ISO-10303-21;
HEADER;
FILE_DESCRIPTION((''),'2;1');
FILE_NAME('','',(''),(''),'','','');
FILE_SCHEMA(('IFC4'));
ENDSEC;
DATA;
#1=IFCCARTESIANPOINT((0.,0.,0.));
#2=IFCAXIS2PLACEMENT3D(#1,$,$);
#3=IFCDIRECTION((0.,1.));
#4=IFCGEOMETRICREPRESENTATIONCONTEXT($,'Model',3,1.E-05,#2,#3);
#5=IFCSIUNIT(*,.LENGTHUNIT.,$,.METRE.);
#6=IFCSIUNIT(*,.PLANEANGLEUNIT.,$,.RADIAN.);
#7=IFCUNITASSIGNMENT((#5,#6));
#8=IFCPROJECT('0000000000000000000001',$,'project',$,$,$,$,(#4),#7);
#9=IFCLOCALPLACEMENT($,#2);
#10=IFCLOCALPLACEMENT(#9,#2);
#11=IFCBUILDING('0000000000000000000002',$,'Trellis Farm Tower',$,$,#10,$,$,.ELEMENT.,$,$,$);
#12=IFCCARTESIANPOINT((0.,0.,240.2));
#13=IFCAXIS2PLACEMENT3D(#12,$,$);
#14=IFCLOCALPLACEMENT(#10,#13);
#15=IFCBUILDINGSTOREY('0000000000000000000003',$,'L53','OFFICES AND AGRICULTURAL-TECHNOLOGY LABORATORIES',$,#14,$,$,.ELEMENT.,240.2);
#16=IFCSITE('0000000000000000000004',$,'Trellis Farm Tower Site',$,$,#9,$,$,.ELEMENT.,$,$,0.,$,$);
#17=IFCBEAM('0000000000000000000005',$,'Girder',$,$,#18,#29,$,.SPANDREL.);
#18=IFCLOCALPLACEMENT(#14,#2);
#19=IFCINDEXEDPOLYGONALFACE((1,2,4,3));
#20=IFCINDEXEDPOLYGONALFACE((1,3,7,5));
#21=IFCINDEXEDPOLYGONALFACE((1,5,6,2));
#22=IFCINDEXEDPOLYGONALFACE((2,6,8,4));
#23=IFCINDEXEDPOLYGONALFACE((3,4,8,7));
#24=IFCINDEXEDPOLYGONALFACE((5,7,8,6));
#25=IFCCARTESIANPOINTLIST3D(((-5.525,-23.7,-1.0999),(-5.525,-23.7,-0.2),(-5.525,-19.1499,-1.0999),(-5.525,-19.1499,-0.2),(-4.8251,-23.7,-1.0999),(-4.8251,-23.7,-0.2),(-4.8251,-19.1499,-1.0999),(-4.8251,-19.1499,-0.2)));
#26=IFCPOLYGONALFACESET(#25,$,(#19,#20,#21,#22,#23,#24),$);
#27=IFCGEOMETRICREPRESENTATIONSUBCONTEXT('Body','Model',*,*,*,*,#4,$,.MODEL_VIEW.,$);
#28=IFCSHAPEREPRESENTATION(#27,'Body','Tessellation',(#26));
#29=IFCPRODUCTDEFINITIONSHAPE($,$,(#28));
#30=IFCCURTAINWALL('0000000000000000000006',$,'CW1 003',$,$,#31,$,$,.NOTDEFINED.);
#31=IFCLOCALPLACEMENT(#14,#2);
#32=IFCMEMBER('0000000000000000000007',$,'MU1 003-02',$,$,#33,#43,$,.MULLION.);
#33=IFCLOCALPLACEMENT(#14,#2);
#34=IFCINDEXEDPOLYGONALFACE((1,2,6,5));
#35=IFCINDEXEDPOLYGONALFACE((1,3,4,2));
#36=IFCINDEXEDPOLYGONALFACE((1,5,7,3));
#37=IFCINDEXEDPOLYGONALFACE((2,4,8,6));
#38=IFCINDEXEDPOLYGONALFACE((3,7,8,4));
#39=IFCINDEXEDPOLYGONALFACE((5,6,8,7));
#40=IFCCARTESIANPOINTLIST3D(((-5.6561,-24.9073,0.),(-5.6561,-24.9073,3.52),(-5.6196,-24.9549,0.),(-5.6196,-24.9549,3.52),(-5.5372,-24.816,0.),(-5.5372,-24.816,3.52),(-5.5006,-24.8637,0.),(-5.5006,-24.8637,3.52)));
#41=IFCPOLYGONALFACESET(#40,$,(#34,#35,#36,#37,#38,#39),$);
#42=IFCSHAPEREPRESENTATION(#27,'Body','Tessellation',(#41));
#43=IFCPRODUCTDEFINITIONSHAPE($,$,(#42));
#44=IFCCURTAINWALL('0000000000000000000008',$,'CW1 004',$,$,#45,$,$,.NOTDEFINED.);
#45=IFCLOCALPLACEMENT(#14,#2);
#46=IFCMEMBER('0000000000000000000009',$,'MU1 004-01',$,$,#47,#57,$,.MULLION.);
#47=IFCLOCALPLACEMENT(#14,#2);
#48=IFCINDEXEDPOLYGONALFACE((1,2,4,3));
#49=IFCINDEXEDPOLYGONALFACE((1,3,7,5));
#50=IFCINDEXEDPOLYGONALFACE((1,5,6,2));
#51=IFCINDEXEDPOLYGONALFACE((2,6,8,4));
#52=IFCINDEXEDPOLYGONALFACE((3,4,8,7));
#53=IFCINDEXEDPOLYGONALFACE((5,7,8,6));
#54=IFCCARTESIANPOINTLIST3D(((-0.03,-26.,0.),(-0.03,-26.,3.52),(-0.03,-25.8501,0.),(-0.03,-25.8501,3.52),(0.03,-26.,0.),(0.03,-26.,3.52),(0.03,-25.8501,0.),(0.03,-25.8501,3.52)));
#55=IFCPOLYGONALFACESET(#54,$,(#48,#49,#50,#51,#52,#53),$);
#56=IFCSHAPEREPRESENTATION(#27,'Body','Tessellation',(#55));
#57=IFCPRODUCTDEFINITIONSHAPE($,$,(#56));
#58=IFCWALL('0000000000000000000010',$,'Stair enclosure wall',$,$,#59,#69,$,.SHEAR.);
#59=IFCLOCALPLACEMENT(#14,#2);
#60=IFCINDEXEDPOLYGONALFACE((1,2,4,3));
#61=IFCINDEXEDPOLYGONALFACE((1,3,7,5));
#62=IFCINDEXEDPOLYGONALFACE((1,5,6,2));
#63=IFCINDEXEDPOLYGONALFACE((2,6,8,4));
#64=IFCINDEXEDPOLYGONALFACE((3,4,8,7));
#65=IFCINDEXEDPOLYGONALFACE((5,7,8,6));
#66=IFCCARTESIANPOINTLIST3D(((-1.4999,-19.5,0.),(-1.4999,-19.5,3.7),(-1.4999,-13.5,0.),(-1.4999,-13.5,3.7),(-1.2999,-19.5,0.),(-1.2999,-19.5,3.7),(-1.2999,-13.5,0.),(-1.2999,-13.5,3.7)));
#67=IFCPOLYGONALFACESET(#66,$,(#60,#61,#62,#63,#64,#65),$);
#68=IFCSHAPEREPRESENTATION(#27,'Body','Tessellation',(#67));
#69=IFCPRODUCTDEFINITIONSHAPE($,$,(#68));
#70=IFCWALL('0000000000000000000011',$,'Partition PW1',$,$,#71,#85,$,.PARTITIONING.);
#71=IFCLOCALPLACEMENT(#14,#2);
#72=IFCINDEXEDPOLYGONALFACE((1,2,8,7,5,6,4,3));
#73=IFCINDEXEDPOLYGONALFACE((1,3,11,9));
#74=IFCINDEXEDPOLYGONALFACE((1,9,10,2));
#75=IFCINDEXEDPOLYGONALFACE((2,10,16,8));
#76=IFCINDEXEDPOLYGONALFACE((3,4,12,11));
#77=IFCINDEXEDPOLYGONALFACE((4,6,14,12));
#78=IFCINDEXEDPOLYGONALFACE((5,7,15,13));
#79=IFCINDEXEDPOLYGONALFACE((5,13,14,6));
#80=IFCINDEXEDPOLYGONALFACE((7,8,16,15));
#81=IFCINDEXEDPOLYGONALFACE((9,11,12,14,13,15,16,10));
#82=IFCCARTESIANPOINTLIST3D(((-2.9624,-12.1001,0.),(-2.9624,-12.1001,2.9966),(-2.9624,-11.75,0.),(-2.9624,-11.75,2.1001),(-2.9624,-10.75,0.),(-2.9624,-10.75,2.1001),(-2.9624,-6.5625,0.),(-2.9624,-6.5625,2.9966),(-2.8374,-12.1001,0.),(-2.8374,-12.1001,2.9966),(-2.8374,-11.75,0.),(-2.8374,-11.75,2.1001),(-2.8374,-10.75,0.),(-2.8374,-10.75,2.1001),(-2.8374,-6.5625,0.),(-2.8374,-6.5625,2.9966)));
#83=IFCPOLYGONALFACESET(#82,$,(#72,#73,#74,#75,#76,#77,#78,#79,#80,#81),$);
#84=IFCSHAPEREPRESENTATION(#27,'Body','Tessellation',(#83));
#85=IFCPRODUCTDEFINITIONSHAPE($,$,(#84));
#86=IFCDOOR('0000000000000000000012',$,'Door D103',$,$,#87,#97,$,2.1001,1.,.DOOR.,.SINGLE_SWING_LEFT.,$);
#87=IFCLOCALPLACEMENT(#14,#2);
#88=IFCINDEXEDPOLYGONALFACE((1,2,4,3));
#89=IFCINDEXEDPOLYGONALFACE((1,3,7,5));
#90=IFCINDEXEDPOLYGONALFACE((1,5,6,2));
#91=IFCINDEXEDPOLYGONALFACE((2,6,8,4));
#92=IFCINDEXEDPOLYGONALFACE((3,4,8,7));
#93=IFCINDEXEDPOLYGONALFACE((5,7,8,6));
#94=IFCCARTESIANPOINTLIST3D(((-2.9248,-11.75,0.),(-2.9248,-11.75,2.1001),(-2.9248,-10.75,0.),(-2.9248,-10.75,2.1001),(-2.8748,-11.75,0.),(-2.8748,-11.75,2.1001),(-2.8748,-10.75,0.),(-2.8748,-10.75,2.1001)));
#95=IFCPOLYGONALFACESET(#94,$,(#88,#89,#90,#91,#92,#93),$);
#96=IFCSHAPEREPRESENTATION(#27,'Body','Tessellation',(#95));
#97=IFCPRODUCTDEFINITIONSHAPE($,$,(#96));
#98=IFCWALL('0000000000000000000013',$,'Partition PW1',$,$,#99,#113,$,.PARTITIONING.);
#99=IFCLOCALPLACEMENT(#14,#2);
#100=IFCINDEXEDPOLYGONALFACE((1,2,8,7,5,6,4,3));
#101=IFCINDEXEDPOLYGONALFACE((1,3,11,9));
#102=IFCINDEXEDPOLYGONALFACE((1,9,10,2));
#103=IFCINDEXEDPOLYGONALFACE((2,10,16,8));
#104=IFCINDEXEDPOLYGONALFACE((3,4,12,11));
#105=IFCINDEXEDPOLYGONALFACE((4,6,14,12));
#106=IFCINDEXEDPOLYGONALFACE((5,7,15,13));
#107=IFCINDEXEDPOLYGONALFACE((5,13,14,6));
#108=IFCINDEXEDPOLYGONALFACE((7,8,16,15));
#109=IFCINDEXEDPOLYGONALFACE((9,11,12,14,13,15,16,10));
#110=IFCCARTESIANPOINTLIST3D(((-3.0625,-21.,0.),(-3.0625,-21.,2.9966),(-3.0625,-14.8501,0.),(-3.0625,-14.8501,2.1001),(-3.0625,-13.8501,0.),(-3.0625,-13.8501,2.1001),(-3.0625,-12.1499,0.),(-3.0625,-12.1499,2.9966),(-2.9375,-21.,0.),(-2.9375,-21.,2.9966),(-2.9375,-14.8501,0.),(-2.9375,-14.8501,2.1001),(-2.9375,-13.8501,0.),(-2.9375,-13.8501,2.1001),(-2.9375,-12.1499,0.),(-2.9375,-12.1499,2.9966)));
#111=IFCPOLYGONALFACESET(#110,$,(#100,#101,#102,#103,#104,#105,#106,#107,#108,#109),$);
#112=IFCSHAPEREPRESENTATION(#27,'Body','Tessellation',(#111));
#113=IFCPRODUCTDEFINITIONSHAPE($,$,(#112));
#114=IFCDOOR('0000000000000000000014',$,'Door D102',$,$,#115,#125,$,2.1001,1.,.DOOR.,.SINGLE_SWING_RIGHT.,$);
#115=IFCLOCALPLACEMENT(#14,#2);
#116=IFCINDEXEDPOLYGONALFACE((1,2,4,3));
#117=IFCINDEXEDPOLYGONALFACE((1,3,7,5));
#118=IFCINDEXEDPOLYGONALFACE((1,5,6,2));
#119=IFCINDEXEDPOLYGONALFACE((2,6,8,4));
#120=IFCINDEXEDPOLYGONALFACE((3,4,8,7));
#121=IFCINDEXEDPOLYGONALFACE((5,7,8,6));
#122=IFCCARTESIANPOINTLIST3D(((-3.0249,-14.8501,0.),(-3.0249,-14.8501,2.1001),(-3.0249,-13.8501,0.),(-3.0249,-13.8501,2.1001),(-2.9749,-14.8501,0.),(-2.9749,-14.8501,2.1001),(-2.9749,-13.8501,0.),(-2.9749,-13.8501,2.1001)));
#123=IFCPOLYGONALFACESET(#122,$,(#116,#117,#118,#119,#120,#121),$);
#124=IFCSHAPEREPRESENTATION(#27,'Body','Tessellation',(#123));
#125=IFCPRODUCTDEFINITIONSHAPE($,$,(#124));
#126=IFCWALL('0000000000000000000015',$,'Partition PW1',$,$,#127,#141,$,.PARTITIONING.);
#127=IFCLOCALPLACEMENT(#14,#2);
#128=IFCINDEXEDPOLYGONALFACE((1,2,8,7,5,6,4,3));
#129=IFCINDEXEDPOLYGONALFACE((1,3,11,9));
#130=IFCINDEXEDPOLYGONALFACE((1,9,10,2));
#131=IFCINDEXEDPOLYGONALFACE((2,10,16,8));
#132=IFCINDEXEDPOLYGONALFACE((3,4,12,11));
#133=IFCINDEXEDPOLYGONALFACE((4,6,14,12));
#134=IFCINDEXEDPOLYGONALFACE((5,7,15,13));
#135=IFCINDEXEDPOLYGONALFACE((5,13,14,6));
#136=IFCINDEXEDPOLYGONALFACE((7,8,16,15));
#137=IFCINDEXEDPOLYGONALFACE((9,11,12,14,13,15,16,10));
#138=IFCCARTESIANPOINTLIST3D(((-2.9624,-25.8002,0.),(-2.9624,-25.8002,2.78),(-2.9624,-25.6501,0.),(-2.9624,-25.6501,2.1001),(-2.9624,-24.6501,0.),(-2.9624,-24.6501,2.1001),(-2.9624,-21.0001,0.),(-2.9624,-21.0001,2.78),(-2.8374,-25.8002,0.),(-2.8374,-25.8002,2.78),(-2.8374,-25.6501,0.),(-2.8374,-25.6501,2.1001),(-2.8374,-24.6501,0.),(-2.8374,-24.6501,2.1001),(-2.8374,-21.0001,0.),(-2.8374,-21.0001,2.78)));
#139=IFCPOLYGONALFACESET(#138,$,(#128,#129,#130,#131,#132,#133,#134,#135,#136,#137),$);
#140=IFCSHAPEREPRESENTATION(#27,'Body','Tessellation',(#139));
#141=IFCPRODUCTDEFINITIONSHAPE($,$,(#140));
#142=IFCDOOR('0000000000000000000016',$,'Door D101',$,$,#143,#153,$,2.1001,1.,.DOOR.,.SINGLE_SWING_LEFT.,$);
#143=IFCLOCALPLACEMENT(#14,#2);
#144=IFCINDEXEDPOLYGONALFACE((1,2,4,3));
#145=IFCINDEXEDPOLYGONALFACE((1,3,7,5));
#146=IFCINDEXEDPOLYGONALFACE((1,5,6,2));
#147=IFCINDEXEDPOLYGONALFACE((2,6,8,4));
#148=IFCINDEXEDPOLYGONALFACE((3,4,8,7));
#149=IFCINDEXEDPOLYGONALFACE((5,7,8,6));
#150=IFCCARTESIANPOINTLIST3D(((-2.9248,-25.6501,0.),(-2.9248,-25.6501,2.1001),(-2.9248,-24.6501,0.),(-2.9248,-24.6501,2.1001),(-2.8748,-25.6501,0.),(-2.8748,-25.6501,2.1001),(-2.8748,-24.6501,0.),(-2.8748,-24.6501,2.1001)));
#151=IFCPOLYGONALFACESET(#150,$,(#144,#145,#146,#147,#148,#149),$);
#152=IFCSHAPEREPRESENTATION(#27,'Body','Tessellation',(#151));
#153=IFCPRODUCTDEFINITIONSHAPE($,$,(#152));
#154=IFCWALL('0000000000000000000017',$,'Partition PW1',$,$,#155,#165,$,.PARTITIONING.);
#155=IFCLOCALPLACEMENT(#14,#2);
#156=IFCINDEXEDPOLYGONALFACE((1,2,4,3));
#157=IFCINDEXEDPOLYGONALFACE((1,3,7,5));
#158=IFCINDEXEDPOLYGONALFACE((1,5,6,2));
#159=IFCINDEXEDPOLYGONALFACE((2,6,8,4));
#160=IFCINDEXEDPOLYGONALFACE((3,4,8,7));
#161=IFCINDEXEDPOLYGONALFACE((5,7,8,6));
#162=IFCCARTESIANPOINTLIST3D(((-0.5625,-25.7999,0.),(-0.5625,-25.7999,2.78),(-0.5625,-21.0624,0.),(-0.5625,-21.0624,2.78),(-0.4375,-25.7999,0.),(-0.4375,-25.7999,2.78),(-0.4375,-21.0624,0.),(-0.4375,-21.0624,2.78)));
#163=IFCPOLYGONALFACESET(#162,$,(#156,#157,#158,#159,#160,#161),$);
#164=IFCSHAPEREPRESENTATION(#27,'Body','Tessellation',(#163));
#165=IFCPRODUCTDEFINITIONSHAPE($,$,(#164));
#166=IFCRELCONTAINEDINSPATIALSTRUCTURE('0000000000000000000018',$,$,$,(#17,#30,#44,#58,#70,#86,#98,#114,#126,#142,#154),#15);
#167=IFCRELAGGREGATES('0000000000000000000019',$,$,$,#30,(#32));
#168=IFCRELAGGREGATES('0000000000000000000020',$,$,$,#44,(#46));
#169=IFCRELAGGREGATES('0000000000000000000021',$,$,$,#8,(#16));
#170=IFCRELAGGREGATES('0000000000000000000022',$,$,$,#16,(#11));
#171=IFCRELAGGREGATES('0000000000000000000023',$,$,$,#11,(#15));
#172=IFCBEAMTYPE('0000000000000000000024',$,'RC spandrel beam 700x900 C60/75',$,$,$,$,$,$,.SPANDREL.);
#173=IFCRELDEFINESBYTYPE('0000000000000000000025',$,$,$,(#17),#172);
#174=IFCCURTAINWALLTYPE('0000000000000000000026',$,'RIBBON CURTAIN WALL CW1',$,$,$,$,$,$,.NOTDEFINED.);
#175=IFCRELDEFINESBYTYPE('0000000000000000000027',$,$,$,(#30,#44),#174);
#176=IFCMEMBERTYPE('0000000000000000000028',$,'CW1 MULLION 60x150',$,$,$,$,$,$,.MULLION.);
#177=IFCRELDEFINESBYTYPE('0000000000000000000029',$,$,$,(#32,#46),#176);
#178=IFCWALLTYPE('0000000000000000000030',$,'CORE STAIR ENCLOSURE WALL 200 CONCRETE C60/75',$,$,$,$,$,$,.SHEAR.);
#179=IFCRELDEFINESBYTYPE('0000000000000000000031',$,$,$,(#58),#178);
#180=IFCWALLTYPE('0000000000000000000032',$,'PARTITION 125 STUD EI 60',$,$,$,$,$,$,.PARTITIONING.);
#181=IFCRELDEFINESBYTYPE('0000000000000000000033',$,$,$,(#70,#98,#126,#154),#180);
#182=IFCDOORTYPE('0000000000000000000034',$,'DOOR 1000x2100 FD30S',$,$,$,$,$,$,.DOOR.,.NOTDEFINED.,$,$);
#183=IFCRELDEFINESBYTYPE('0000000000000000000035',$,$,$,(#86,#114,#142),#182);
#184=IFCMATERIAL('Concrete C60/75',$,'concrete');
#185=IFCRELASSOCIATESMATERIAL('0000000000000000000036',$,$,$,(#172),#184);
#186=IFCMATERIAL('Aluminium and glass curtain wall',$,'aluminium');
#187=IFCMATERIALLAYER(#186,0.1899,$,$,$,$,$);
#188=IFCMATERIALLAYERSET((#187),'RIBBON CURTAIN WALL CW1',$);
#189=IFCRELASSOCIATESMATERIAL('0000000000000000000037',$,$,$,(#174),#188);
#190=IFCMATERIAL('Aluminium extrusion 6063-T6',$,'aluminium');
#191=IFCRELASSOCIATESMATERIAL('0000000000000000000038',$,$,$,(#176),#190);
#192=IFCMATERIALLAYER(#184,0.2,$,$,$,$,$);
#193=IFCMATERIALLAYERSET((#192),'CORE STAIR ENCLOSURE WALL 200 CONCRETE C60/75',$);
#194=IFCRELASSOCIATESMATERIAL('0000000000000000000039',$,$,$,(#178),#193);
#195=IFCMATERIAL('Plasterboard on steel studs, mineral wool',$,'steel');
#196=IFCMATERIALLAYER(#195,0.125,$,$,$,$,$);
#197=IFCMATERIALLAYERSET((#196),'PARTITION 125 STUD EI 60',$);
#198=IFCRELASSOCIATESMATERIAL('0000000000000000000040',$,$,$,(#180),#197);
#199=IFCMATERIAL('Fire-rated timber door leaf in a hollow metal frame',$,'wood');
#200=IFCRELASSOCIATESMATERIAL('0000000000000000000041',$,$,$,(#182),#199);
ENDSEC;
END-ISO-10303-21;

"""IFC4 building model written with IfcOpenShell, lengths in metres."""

from ifc_helpers import new_model, si_unit, direction, frame, frame_2d, origin, origin_2d, place, context, subcontext, project, spatial, rectangle, extrude, source, transform, mapped, material, layer, layer_set, material_profile, profile_set, type_object, element, fill, aggregate, save


model = new_model("IFC4")

# Units and contexts
model_context = context("Model", 3, precision=1e-05, world=origin(), true_north=direction((0.0, 1.0)))
body_context = subcontext(model_context, "Body", "Model", "MODEL_VIEW")
ifc_project = project(units=[si_unit("LENGTHUNIT", "METRE"), si_unit("PLANEANGLEUNIT", "RADIAN")], contexts=[model_context])

# Site, building, storey
site_placement = place(None, origin())
site = spatial("IfcSite", under=ifc_project, at=site_placement, Name="Trellis Farm Tower Site", CompositionType="ELEMENT", RefElevation=0.0)
building_placement = place(site_placement, origin())
building = spatial("IfcBuilding", under=site, at=building_placement, Name="Trellis Farm Tower", CompositionType="ELEMENT")
storey_placement = place(building_placement, frame((0.0, 0.0, 240.2)))
storey = spatial("IfcBuildingStorey", under=building, at=storey_placement, Name="L53", Description="OFFICES AND AGRICULTURAL-TECHNOLOGY LABORATORIES", CompositionType="ELEMENT", Elevation=240.2)

# Shared definitions
ifc_material_1 = material(Name="Concrete C60/75", Category="concrete")

# Beam
ifc_material_profile_1 = material_profile(ifc_material_1, rectangle(XDim=0.7, YDim=0.8999, at=origin_2d()), Name="RC spandrel beam 700x900 C60/75")
ifc_profile_set_1 = profile_set([ifc_material_profile_1], Name="Concrete C60/75")
beam_type_1 = type_object("IfcBeamType", Name="RC spandrel beam 700x900 C60/75", PredefinedType="SPANDREL", material=ifc_profile_set_1)
shared_shape_1 = source(origin(), body_context, "Body", "SweptSolid", [
    extrude(rectangle(XDim=0.7, YDim=0.8999, at=origin_2d()), origin(), (0.0, 0.0, 1.0), 4.55),
])
beam_1_placement = place(storey_placement, frame((-5.175, -23.7, -0.6499), z_axis=(0.0, 1.0, 0.0), x_axis=(-1.0, 0.0, 0.0)))
element("IfcBeam", 1, at=beam_1_placement, inside=storey, type_object=beam_type_1, Name="Girder", PredefinedType="SPANDREL", context=body_context, shape_type="MappedRepresentation", body=[
    mapped(shared_shape_1, transform((0.0, 0.0, 0.0))),
])

# Curtain walls, members
ifc_material_2 = material(Name="Aluminium and glass curtain wall", Category="aluminium")
ifc_layer_1 = layer(ifc_material_2, 0.1899)
ifc_layer_set_1 = layer_set([ifc_layer_1], Name="RIBBON CURTAIN WALL CW1")
curtain_wall_type = type_object("IfcCurtainWallType", Name="RIBBON CURTAIN WALL CW1", PredefinedType="NOTDEFINED", material=ifc_layer_set_1)
placement = place(storey_placement, origin())
curtain_wall_1 = element("IfcCurtainWall", 2, at=placement, inside=storey, type_object=curtain_wall_type, Name="CW1 003", PredefinedType="NOTDEFINED")
ifc_material_3 = material(Name="Aluminium extrusion 6063-T6", Category="aluminium")
ifc_material_profile_2 = material_profile(ifc_material_3, rectangle(XDim=0.0601, YDim=0.1499, at=origin_2d()), Name="MULLION 60x150")
ifc_profile_set_2 = profile_set([ifc_material_profile_2], Name="Aluminium extrusion 6063-T6")
member_type = type_object("IfcMemberType", Name="CW1 MULLION 60x150", PredefinedType="MULLION", material=ifc_profile_set_2)
shared_shape_2 = source(origin(), body_context, "Body", "SweptSolid", [
    extrude(rectangle(XDim=0.0601, YDim=0.1499, at=origin_2d()), origin(), (0.0, 0.0, 1.0), 3.52),
])
member_1_placement = place(storey_placement, frame((-5.5784, -24.8855, 0.0), z_axis=(0.0, 0.0, 1.0), x_axis=(0.608761, -0.793353, 0.0)))
member_1 = element("IfcMember", 3, at=member_1_placement, type_object=member_type, Name="MU1 003-02", PredefinedType="MULLION", context=body_context, shape_type="MappedRepresentation", body=[
    mapped(shared_shape_2, transform((0.0, 0.0, 0.0))),
])
aggregate(curtain_wall_1, [member_1])
curtain_wall_2 = element("IfcCurtainWall", 4, at=placement, inside=storey, type_object=curtain_wall_type, Name="CW1 004", PredefinedType="NOTDEFINED")
member_2_placement = place(storey_placement, frame((0.0, -25.925, 0.0), z_axis=(0.0, 0.0, 1.0), x_axis=(1.0, 0.0, 0.0)))
member_2 = element("IfcMember", 5, at=member_2_placement, type_object=member_type, Name="MU1 004-01", PredefinedType="MULLION", context=body_context, shape_type="MappedRepresentation", body=[
    mapped(shared_shape_2, transform((0.0, 0.0, 0.0))),
])
aggregate(curtain_wall_2, [member_2])

# Wall
ifc_layer_2 = layer(ifc_material_1, 0.2)
ifc_layer_set_2 = layer_set([ifc_layer_2], Name="CORE STAIR ENCLOSURE WALL 200 CONCRETE C60/75")
wall_type_1 = type_object("IfcWallType", Name="CORE STAIR ENCLOSURE WALL 200 CONCRETE C60/75", PredefinedType="SHEAR", material=ifc_layer_set_2)
shared_shape_3 = source(origin(), body_context, "Body", "SweptSolid", [
    extrude(rectangle(XDim=6.0, YDim=0.2, at=frame_2d((3.0, 0.0))), origin(), (0.0, 0.0, 1.0), 3.7),
])
wall_1_placement = place(storey_placement, frame((-1.3999, -13.5, 0.0), z_axis=(0.0, 0.0, 1.0), x_axis=(0.0, -1.0, 0.0)))
element("IfcWall", 6, at=wall_1_placement, inside=storey, type_object=wall_type_1, Name="Stair enclosure wall", PredefinedType="SHEAR", context=body_context, shape_type="MappedRepresentation", body=[
    mapped(shared_shape_3, transform((0.0, 0.0, 0.0))),
])

# Walls, openings, doors
ifc_material_4 = material(Name="Plasterboard on steel studs, mineral wool", Category="steel")
ifc_layer_3 = layer(ifc_material_4, 0.125)
ifc_layer_set_3 = layer_set([ifc_layer_3], Name="PARTITION 125 STUD EI 60")
wall_type_2 = type_object("IfcWallType", Name="PARTITION 125 STUD EI 60", PredefinedType="PARTITIONING", material=ifc_layer_set_3)
shared_shape_4 = source(origin(), body_context, "Body", "SweptSolid", [
    extrude(rectangle(XDim=5.5376, YDim=0.125, at=frame_2d((2.7688, 0.0))), origin(), (0.0, 0.0, 1.0), 2.9966),
])
wall_2_placement = place(storey_placement, frame((-2.8999, -12.1001, 0.0), z_axis=(0.0, 0.0, 1.0), x_axis=(0.0, 1.0, 0.0)))
wall_2 = element("IfcWall", 7, at=wall_2_placement, inside=storey, type_object=wall_type_2, Name="Partition PW1", PredefinedType="PARTITIONING", context=body_context, shape_type="MappedRepresentation", body=[
    mapped(shared_shape_4, transform((0.0, 0.0, 0.0))),
])
shared_shape_5 = source(origin(), body_context, "Body", "SweptSolid", [
    extrude(rectangle(XDim=1.0, YDim=2.1001, at=frame_2d((0.5, 1.05))), frame((0.0, 0.0725, 0.0), z_axis=(0.0, -1.0, 0.0), x_axis=(1.0, 0.0, 0.0)), (0.0, 0.0, 1.0), 0.145),
])
opening_1_placement = place(wall_2_placement, frame((0.3501, 0.0, 0.0)))
opening_1 = element("IfcOpeningElement", 8, at=opening_1_placement, cuts=wall_2, PredefinedType="OPENING", context=body_context, shape_type="MappedRepresentation", body=[
    mapped(shared_shape_5, transform((0.0, 0.0, 0.0))),
])
ifc_material_5 = material(Name="Fire-rated timber door leaf in a hollow metal frame", Category="wood")
door_type = type_object("IfcDoorType", Name="DOOR 1000x2100 FD30S", OperationType="NOTDEFINED", PredefinedType="DOOR", material=ifc_material_5)
shared_shape_6 = source(origin(), body_context, "Body", "SweptSolid", [
    extrude(rectangle(XDim=1.0, YDim=2.1001, at=frame_2d((0.5, 1.05))), frame((0.0, 0.0249, 0.0), z_axis=(0.0, -1.0, 0.0), x_axis=(1.0, 0.0, 0.0)), (0.0, 0.0, 1.0), 0.05),
])
door_1_placement = place(opening_1_placement, origin())
door_1 = element("IfcDoor", 9, at=door_1_placement, inside=storey, type_object=door_type, Name="Door D103", OperationType="SINGLE_SWING_LEFT", OverallHeight=2.1001, OverallWidth=1.0, PredefinedType="DOOR", context=body_context, shape_type="MappedRepresentation", body=[
    mapped(shared_shape_6, transform((0.0, 0.0, 0.0))),
])
fill(opening_1, door_1)
shared_shape_7 = source(origin(), body_context, "Body", "SweptSolid", [
    extrude(rectangle(XDim=8.8501, YDim=0.125, at=frame_2d((4.425, 0.0))), origin(), (0.0, 0.0, 1.0), 2.9966),
])
wall_3_placement = place(storey_placement, frame((-3.0, -21.0, 0.0), z_axis=(0.0, 0.0, 1.0), x_axis=(0.0, 1.0, 0.0)))
wall_3 = element("IfcWall", 10, at=wall_3_placement, inside=storey, type_object=wall_type_2, Name="Partition PW1", PredefinedType="PARTITIONING", context=body_context, shape_type="MappedRepresentation", body=[
    mapped(shared_shape_7, transform((0.0, 0.0, 0.0))),
])
opening_2_placement = place(wall_3_placement, frame((6.1499, 0.0, 0.0)))
opening_2 = element("IfcOpeningElement", 11, at=opening_2_placement, cuts=wall_3, PredefinedType="OPENING", context=body_context, shape_type="MappedRepresentation", body=[
    mapped(shared_shape_5, transform((0.0, 0.0, 0.0))),
])
door_2_placement = place(opening_2_placement, origin())
door_2 = element("IfcDoor", 12, at=door_2_placement, inside=storey, type_object=door_type, Name="Door D102", OperationType="SINGLE_SWING_RIGHT", OverallHeight=2.1001, OverallWidth=1.0, PredefinedType="DOOR", context=body_context, shape_type="MappedRepresentation", body=[
    mapped(shared_shape_6, transform((0.0, 0.0, 0.0))),
])
fill(opening_2, door_2)
shared_shape_8 = source(origin(), body_context, "Body", "SweptSolid", [
    extrude(rectangle(XDim=4.8, YDim=0.125, at=frame_2d((2.3999, 0.0))), origin(), (0.0, 0.0, 1.0), 2.78),
])
wall_4_placement = place(storey_placement, frame((-2.8999, -25.8, 0.0), z_axis=(0.0, 0.0, 1.0), x_axis=(0.0, 1.0, 0.0)))
wall_4 = element("IfcWall", 13, at=wall_4_placement, inside=storey, type_object=wall_type_2, Name="Partition PW1", PredefinedType="PARTITIONING", context=body_context, shape_type="MappedRepresentation", body=[
    mapped(shared_shape_8, transform((0.0, 0.0, 0.0))),
])
opening_3_placement = place(wall_4_placement, frame((0.1499, 0.0, 0.0)))
opening_3 = element("IfcOpeningElement", 14, at=opening_3_placement, cuts=wall_4, PredefinedType="OPENING", context=body_context, shape_type="MappedRepresentation", body=[
    mapped(shared_shape_5, transform((0.0, 0.0, 0.0))),
])
door_3_placement = place(opening_3_placement, origin())
door_3 = element("IfcDoor", 15, at=door_3_placement, inside=storey, type_object=door_type, Name="Door D101", OperationType="SINGLE_SWING_LEFT", OverallHeight=2.1001, OverallWidth=1.0, PredefinedType="DOOR", context=body_context, shape_type="MappedRepresentation", body=[
    mapped(shared_shape_6, transform((0.0, 0.0, 0.0))),
])
fill(opening_3, door_3)

# Wall
shared_shape_9 = source(origin(), body_context, "Body", "SweptSolid", [
    extrude(rectangle(XDim=4.7375, YDim=0.125, at=frame_2d((2.3687, 0.0))), origin(), (0.0, 0.0, 1.0), 2.78),
])
wall_5_placement = place(storey_placement, frame((-0.5, -21.0625, 0.0), z_axis=(0.0, 0.0, 1.0), x_axis=(0.0, -1.0, 0.0)))
element("IfcWall", 16, at=wall_5_placement, inside=storey, type_object=wall_type_2, Name="Partition PW1", PredefinedType="PARTITIONING", context=body_context, shape_type="MappedRepresentation", body=[
    mapped(shared_shape_9, transform((0.0, 0.0, 0.0))),
])

save(model, "model.ifc")
